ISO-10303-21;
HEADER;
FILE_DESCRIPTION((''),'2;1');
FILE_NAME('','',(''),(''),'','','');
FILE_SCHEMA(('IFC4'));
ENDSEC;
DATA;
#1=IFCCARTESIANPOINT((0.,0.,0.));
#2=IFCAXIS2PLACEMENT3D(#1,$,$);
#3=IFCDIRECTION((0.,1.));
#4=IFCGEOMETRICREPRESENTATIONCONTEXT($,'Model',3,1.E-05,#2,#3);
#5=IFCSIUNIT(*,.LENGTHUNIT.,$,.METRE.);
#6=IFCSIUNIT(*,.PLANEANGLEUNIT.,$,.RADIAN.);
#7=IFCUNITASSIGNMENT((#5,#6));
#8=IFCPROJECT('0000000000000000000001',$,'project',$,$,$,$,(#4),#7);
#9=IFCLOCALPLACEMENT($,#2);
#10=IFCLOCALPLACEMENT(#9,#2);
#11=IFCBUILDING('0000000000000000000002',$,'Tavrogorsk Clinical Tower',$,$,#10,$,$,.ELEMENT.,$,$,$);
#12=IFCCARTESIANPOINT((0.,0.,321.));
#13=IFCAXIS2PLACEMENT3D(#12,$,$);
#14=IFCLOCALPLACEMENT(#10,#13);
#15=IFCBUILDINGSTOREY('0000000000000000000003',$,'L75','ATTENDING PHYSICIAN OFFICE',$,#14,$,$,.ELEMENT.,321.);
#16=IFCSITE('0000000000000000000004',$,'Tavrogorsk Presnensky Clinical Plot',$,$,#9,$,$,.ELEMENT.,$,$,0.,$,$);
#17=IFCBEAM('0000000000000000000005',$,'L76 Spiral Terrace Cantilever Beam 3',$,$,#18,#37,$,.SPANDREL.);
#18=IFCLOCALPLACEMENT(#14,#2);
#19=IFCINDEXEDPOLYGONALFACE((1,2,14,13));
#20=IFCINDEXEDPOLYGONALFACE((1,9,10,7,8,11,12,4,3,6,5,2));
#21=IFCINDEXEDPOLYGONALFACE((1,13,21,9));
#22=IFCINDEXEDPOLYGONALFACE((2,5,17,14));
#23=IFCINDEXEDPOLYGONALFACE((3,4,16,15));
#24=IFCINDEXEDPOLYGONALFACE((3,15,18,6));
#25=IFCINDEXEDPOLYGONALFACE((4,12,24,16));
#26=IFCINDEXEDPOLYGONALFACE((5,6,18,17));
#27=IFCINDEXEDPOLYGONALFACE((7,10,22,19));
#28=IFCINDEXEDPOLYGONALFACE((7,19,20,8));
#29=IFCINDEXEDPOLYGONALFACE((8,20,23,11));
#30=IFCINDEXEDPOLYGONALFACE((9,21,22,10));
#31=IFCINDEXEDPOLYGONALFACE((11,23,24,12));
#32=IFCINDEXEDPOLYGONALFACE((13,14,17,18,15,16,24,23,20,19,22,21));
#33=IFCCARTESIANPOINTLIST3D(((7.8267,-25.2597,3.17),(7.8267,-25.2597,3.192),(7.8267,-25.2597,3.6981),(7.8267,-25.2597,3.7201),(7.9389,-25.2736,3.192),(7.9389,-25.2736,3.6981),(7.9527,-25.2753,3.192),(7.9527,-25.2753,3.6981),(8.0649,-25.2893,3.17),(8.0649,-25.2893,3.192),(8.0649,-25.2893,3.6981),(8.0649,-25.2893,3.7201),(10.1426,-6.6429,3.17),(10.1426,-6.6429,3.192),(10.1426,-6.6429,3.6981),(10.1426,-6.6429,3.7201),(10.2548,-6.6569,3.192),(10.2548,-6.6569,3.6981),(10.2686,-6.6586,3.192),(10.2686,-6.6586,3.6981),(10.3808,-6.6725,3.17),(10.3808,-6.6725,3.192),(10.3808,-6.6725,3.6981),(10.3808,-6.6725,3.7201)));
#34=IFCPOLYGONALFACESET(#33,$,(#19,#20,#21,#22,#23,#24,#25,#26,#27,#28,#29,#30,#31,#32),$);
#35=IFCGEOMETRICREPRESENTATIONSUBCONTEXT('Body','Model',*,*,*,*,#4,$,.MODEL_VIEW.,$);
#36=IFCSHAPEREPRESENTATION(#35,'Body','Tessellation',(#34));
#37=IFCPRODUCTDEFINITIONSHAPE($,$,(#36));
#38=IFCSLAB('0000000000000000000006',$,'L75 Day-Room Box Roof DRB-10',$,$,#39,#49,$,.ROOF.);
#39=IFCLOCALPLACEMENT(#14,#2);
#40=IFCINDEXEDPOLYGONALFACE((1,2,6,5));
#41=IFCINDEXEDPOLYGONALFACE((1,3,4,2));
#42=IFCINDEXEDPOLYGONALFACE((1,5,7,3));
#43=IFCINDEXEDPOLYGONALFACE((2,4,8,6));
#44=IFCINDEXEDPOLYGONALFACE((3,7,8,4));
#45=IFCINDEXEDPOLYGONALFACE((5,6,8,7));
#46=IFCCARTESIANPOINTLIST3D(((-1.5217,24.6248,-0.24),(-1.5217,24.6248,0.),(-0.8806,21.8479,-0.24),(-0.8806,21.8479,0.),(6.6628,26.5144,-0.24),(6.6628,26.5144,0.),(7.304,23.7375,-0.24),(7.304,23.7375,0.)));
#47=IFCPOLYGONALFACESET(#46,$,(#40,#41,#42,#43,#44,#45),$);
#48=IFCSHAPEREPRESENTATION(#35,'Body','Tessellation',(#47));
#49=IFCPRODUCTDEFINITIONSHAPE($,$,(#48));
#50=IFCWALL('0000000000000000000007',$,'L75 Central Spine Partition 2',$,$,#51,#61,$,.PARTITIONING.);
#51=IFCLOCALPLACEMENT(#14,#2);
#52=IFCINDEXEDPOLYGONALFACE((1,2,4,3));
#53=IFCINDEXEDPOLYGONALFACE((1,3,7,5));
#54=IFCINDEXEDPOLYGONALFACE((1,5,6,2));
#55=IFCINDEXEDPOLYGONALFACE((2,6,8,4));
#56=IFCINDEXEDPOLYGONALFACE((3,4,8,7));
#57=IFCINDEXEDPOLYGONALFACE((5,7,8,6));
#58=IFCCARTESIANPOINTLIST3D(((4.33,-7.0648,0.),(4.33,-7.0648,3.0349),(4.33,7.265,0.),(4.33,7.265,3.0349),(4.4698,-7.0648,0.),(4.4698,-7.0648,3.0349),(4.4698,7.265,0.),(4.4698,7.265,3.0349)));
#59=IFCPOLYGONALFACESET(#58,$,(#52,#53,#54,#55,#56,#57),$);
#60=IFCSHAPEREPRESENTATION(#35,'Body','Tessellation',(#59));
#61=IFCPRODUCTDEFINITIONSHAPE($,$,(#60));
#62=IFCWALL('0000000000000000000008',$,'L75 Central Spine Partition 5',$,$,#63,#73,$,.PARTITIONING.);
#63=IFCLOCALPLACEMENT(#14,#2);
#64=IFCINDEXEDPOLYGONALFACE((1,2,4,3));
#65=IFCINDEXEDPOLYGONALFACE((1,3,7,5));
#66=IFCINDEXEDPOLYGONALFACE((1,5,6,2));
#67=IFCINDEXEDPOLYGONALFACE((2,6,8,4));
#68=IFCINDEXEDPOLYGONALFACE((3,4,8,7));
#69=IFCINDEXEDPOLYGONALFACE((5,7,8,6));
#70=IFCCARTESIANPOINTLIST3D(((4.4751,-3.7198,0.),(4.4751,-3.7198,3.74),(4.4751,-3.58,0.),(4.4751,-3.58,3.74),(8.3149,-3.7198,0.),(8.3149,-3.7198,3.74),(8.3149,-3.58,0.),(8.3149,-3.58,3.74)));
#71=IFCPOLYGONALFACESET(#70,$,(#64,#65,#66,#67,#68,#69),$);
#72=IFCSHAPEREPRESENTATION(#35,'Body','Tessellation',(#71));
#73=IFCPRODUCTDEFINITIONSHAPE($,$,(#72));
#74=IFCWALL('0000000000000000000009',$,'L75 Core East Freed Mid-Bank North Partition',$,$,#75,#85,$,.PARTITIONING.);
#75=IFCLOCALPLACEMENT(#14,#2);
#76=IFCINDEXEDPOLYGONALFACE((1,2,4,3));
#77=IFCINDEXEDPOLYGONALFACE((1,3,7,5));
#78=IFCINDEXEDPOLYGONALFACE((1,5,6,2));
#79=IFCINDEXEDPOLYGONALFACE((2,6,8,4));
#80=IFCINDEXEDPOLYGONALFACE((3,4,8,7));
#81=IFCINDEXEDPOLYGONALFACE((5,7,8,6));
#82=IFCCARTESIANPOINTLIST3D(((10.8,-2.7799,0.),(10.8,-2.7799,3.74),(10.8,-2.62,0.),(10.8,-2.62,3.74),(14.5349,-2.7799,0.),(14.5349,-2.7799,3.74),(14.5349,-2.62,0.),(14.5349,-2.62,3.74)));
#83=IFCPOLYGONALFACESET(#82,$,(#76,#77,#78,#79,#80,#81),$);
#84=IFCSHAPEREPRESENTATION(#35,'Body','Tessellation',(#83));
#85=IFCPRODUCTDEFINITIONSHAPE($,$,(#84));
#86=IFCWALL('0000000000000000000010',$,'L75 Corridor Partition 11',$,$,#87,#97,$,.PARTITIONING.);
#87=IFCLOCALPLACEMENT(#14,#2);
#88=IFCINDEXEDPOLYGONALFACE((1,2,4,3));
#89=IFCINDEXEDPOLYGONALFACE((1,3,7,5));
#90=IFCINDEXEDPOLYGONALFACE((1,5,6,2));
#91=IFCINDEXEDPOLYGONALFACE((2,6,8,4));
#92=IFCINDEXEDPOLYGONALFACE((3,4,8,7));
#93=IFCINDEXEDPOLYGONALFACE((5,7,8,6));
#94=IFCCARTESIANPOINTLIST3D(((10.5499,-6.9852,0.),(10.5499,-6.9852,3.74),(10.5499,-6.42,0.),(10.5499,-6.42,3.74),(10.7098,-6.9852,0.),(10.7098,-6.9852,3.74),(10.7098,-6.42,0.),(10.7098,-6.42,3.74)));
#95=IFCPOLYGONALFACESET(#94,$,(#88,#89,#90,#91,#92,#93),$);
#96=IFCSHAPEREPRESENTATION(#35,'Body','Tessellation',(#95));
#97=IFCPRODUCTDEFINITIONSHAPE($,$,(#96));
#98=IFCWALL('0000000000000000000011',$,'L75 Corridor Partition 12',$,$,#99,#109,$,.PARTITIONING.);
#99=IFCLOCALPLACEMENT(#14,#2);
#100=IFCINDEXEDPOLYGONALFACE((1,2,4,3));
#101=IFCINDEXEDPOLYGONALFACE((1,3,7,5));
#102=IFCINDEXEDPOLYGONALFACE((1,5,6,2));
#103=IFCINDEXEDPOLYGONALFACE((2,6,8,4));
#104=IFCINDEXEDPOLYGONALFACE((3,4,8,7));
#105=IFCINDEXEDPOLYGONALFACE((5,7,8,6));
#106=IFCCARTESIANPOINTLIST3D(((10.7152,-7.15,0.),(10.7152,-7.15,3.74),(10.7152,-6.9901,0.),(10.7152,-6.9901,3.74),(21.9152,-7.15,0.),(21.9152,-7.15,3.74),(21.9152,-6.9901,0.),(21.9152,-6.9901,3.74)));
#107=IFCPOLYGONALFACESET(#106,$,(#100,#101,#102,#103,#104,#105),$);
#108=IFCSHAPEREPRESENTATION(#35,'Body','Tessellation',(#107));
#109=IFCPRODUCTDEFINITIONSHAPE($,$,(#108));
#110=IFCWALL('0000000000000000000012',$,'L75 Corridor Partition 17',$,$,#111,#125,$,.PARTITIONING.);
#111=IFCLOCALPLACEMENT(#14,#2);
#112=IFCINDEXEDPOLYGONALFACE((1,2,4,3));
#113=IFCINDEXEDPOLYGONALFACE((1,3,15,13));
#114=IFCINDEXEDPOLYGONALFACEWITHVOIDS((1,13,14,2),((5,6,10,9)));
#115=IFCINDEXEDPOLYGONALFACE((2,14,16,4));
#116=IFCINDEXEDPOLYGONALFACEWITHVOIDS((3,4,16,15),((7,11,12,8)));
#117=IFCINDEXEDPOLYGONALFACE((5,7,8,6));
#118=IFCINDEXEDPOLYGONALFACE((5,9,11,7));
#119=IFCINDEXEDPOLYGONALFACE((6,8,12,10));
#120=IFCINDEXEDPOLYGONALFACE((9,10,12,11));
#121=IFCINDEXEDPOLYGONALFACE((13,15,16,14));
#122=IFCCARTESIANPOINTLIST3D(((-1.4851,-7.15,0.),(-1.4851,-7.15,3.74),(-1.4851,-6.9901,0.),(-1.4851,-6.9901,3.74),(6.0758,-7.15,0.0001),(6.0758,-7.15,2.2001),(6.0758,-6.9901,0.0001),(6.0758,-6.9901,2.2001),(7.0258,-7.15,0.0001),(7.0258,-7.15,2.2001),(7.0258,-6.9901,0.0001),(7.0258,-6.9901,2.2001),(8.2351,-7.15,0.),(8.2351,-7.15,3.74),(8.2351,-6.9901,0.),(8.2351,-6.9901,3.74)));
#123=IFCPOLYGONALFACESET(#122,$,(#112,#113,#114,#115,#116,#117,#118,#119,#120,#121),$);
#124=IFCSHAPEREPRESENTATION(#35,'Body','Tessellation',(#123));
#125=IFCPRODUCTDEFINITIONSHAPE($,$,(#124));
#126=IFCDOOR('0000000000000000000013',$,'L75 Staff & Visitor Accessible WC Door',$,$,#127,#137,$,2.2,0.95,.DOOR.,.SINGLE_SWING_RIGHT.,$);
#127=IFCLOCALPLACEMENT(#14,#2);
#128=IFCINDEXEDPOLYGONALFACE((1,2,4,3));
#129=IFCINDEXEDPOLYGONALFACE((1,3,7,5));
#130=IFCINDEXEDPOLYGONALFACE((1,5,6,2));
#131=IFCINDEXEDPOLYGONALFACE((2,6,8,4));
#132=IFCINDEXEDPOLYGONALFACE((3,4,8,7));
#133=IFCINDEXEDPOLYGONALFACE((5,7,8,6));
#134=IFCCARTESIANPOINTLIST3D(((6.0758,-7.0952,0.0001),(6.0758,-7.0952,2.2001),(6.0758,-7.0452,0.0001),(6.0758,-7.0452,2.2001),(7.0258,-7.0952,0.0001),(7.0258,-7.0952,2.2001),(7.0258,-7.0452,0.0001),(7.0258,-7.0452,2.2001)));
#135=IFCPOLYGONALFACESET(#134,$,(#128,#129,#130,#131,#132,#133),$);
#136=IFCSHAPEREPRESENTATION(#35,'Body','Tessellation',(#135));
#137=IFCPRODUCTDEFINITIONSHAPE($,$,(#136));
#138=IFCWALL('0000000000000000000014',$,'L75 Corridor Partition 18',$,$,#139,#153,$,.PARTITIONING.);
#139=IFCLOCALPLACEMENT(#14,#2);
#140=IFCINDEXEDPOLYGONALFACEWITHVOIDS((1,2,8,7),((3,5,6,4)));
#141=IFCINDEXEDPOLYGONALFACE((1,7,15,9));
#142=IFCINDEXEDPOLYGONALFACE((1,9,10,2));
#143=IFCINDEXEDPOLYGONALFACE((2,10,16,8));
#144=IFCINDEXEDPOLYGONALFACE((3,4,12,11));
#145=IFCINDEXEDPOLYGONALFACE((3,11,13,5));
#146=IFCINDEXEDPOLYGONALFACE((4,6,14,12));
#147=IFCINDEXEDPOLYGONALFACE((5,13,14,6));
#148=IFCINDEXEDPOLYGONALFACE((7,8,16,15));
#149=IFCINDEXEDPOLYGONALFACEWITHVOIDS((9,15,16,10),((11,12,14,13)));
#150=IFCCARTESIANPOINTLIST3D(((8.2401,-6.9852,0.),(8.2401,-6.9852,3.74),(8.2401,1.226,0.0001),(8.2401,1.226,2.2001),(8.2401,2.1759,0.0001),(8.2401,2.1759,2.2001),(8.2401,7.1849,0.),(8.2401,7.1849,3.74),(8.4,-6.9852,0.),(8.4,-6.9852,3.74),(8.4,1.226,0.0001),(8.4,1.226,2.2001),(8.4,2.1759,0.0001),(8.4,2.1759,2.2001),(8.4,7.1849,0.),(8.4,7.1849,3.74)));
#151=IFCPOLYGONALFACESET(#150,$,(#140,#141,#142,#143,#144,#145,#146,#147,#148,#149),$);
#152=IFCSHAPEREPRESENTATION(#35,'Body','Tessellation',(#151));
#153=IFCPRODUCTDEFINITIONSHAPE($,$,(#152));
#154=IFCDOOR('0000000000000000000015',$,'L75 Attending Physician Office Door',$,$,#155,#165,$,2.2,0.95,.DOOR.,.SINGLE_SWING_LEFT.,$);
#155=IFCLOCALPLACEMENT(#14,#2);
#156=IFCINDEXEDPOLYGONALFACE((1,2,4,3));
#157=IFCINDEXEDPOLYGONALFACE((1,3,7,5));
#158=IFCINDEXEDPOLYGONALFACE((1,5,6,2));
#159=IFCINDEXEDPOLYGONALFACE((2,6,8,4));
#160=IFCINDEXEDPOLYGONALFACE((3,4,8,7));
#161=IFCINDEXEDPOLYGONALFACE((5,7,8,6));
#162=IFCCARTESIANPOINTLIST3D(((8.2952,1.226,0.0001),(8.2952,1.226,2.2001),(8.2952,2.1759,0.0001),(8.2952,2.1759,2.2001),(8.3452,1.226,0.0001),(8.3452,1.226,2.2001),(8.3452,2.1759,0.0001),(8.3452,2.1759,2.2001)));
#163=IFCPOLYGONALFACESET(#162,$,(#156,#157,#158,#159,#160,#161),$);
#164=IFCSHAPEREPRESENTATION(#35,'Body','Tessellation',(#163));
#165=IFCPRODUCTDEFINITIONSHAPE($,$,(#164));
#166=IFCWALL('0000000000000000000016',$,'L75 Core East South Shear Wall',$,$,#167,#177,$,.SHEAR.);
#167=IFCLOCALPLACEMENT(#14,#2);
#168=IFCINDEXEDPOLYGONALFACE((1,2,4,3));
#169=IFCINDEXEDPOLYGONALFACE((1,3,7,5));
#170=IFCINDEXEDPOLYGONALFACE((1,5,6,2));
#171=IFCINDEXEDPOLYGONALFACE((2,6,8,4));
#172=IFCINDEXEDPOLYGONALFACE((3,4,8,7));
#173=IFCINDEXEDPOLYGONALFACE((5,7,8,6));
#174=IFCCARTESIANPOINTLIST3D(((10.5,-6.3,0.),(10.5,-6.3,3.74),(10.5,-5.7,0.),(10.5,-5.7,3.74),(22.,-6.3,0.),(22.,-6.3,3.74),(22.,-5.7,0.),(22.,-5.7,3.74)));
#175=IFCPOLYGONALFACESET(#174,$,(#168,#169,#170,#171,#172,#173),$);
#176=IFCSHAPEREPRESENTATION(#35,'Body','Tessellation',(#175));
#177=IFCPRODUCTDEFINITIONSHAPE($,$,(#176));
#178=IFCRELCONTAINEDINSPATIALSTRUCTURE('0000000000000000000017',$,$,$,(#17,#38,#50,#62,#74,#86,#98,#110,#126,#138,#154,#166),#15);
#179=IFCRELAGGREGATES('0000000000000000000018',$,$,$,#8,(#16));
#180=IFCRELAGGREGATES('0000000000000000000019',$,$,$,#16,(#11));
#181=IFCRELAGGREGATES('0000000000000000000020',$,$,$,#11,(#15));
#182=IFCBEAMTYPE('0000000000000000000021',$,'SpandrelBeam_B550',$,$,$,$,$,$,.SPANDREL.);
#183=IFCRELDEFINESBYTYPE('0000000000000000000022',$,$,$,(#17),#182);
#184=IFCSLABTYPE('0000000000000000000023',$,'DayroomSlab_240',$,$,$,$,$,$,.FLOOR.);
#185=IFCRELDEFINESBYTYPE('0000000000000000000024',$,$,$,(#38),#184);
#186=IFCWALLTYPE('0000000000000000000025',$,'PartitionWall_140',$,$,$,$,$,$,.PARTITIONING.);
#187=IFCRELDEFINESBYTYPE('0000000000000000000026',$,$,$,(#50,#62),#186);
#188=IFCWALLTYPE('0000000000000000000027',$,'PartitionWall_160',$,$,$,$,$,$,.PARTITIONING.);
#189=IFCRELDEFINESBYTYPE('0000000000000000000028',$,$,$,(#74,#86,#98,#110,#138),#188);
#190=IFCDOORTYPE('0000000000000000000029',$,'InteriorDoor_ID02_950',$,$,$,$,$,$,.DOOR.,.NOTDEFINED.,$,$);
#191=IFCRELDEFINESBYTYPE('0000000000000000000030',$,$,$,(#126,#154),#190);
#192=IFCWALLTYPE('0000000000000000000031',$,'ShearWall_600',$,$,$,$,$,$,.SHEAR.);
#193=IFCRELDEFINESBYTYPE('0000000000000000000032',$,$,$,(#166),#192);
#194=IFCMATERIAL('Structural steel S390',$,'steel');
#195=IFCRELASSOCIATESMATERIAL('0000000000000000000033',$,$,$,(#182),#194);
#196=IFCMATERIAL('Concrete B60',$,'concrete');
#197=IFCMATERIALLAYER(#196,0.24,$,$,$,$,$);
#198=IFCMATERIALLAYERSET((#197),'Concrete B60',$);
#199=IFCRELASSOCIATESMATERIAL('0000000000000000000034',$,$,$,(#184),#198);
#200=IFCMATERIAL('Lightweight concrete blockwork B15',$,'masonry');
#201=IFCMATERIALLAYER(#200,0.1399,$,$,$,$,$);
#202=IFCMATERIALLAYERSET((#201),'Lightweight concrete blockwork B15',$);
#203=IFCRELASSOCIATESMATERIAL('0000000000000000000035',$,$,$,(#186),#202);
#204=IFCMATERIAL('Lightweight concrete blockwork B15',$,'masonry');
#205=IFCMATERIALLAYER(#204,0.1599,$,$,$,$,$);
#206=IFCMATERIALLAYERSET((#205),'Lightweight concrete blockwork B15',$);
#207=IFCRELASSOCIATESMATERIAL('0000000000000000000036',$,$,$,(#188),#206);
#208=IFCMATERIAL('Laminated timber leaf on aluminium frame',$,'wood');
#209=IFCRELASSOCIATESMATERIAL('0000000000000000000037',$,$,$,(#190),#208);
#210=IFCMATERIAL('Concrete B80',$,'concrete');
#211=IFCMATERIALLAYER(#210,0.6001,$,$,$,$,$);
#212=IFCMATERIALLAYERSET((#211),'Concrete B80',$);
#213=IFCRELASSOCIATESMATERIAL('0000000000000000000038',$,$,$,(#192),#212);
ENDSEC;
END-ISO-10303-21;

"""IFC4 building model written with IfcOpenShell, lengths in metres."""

from ifc_helpers import new_model, si_unit, direction, frame, frame_2d, origin, origin_2d, place, context, subcontext, project, spatial, polyline, rectangle, i_section, outline, extrude, material, layer, layer_set, material_profile, profile_set, type_object, element, fill, save


model = new_model("IFC4")

# Units and contexts
model_context = context("Model", 3, precision=1e-05, world=origin(), true_north=direction((0.0, 1.0)))
body_context = subcontext(model_context, "Body", "Model", "MODEL_VIEW")
ifc_project = project(units=[si_unit("LENGTHUNIT", "METRE"), si_unit("PLANEANGLEUNIT", "RADIAN")], contexts=[model_context])

# Site, building, storey
site_placement = place(None, origin())
site = spatial("IfcSite", under=ifc_project, at=site_placement, Name="Tavrogorsk Presnensky Clinical Plot", CompositionType="ELEMENT", RefElevation=0.0)
building_placement = place(site_placement, origin())
building = spatial("IfcBuilding", under=site, at=building_placement, Name="Tavrogorsk Clinical Tower", CompositionType="ELEMENT")
storey_placement = place(building_placement, frame((0.0, 0.0, 321.0)))
storey = spatial("IfcBuildingStorey", under=building, at=storey_placement, Name="L75", Description="ATTENDING PHYSICIAN OFFICE", CompositionType="ELEMENT", Elevation=321.0)

# Beam
ifc_material_1 = material(Name="Structural steel S390", Category="steel")
ifc_material_profile_1 = material_profile(ifc_material_1, i_section(OverallWidth=0.24, OverallDepth=0.55, WebThickness=0.0139, FlangeThickness=0.022, at=origin_2d()), Name="B-550x240x14x22")
ifc_profile_set_1 = profile_set([ifc_material_profile_1], Name="Structural steel S390")
beam_type_1 = type_object("IfcBeamType", Name="SpandrelBeam_B550", PredefinedType="SPANDREL", material=ifc_profile_set_1)
beam_1_placement = place(storey_placement, frame((10.2617, -6.6577, 3.4451), z_axis=(-0.123448, -0.992351, 0.0), x_axis=(0.992351, -0.123448, 0.0)))
element("IfcBeam", 1, at=beam_1_placement, inside=storey, type_object=beam_type_1, Name="L76 Spiral Terrace Cantilever Beam 3", PredefinedType="SPANDREL", context=body_context, shape_type="SweptSolid", body=[
    extrude(i_section(OverallWidth=0.24, OverallDepth=0.55, WebThickness=0.0139, FlangeThickness=0.022, at=origin_2d()), origin(), (0.0, 0.0, 1.0), 18.7603),
])

# Slab
ifc_material_2 = material(Name="Concrete B60", Category="concrete")
ifc_layer_1 = layer(ifc_material_2, 0.24)
ifc_layer_set_1 = layer_set([ifc_layer_1], Name="Concrete B60")
slab_type = type_object("IfcSlabType", Name="DayroomSlab_240", PredefinedType="FLOOR", material=ifc_layer_set_1)
slab_placement = place(storey_placement, frame((0.0, 0.0, -0.24)))
element("IfcSlab", 2, at=slab_placement, inside=storey, type_object=slab_type, Name="L75 Day-Room Box Roof DRB-10", PredefinedType="ROOF", context=body_context, shape_type="SweptSolid", body=[
    extrude(outline(polyline([(-1.5217, 24.6248), (6.6628, 26.5144), (7.304, 23.7375), (-0.8806, 21.8479), (-1.5217, 24.6248)])), origin(), (0.0, 0.0, 1.0), 0.24),
])

# Walls
ifc_material_3 = material(Name="Lightweight concrete blockwork B15", Category="masonry")
ifc_layer_2 = layer(ifc_material_3, 0.1399)
ifc_layer_set_2 = layer_set([ifc_layer_2], Name="Lightweight concrete blockwork B15")
wall_type_1 = type_object("IfcWallType", Name="PartitionWall_140", PredefinedType="PARTITIONING", material=ifc_layer_set_2)
wall_1_placement = place(storey_placement, frame((4.3999, -7.0649, 0.0), z_axis=(0.0, 0.0, 1.0), x_axis=(0.0, 1.0, 0.0)))
element("IfcWall", 3, at=wall_1_placement, inside=storey, type_object=wall_type_1, Name="L75 Central Spine Partition 2", PredefinedType="PARTITIONING", context=body_context, shape_type="SweptSolid", body=[
    extrude(rectangle(XDim=14.3298, YDim=0.1399, at=frame_2d((7.165, 0.0))), origin(), (0.0, 0.0, 1.0), 3.0349),
])
wall_2_placement = place(storey_placement, frame((4.4751, -3.6499, 0.0), z_axis=(0.0, 0.0, 1.0), x_axis=(1.0, 0.0, 0.0)))
element("IfcWall", 4, at=wall_2_placement, inside=storey, type_object=wall_type_1, Name="L75 Central Spine Partition 5", PredefinedType="PARTITIONING", context=body_context, shape_type="SweptSolid", body=[
    extrude(rectangle(XDim=3.8398, YDim=0.1399, at=frame_2d((1.9199, 0.0))), origin(), (0.0, 0.0, 1.0), 3.74),
])
ifc_material_4 = material(Name="Lightweight concrete blockwork B15", Category="masonry")
ifc_layer_3 = layer(ifc_material_4, 0.1599)
ifc_layer_set_3 = layer_set([ifc_layer_3], Name="Lightweight concrete blockwork B15")
wall_type_2 = type_object("IfcWallType", Name="PartitionWall_160", PredefinedType="PARTITIONING", material=ifc_layer_set_3)
wall_3_placement = place(storey_placement, frame((10.8, -2.7, 0.0), z_axis=(0.0, 0.0, 1.0), x_axis=(1.0, 0.0, 0.0)))
element("IfcWall", 5, at=wall_3_placement, inside=storey, type_object=wall_type_2, Name="L75 Core East Freed Mid-Bank North Partition", PredefinedType="PARTITIONING", context=body_context, shape_type="SweptSolid", body=[
    extrude(rectangle(XDim=3.7349, YDim=0.1599, at=frame_2d((1.8674, 0.0))), origin(), (0.0, 0.0, 1.0), 3.74),
])
wall_4_placement = place(storey_placement, frame((10.6299, -6.4199, 0.0), z_axis=(0.0, 0.0, 1.0), x_axis=(0.0, -1.0, 0.0)))
element("IfcWall", 6, at=wall_4_placement, inside=storey, type_object=wall_type_2, Name="L75 Corridor Partition 11", PredefinedType="PARTITIONING", context=body_context, shape_type="SweptSolid", body=[
    extrude(rectangle(XDim=0.5652, YDim=0.1599, at=frame_2d((0.2827, 0.0))), origin(), (0.0, 0.0, 1.0), 3.74),
])
wall_5_placement = place(storey_placement, frame((10.7151, -7.0701, 0.0), z_axis=(0.0, 0.0, 1.0), x_axis=(1.0, 0.0, 0.0)))
element("IfcWall", 7, at=wall_5_placement, inside=storey, type_object=wall_type_2, Name="L75 Corridor Partition 12", PredefinedType="PARTITIONING", context=body_context, shape_type="SweptSolid", body=[
    extrude(rectangle(XDim=11.2, YDim=0.1599, at=frame_2d((5.6001, 0.0))), origin(), (0.0, 0.0, 1.0), 3.74),
])

# Walls, openings, doors
wall_6_placement = place(storey_placement, frame((-1.4851, -7.0701, 0.0), z_axis=(0.0, 0.0, 1.0), x_axis=(1.0, 0.0, 0.0)))
wall_6 = element("IfcWall", 8, at=wall_6_placement, inside=storey, type_object=wall_type_2, Name="L75 Corridor Partition 17", PredefinedType="PARTITIONING", context=body_context, shape_type="SweptSolid", body=[
    extrude(rectangle(XDim=9.7202, YDim=0.1599, at=frame_2d((4.8601, 0.0))), origin(), (0.0, 0.0, 1.0), 3.74),
])
opening_1_placement = place(wall_6_placement, frame((7.5608, 0.0, 0.0)))
opening_1 = element("IfcOpeningElement", 9, at=opening_1_placement, cuts=wall_6, PredefinedType="OPENING", context=body_context, shape_type="SweptSolid", body=[
    extrude(rectangle(XDim=0.95, YDim=2.2, at=frame_2d((0.4751, 1.1001))), frame((0.0, 0.0898, 0.0), z_axis=(0.0, -1.0, 0.0), x_axis=(1.0, 0.0, 0.0)), (0.0, 0.0, 1.0), 0.1799),
])
ifc_material_5 = material(Name="Laminated timber leaf on aluminium frame", Category="wood")
door_type = type_object("IfcDoorType", Name="InteriorDoor_ID02_950", OperationType="NOTDEFINED", PredefinedType="DOOR", material=ifc_material_5)
door_1_placement = place(opening_1_placement, origin())
door_1 = element("IfcDoor", 10, at=door_1_placement, inside=storey, type_object=door_type, Name="L75 Staff & Visitor Accessible WC Door", OperationType="SINGLE_SWING_RIGHT", OverallHeight=2.2, OverallWidth=0.95, PredefinedType="DOOR", context=body_context, shape_type="SweptSolid", body=[
    extrude(rectangle(XDim=0.95, YDim=2.2, at=frame_2d((0.4751, 1.1001))), frame((0.0, 0.0249, 0.0), z_axis=(0.0, -1.0, 0.0), x_axis=(1.0, 0.0, 0.0)), (0.0, 0.0, 1.0), 0.05),
])
fill(opening_1, door_1)
wall_7_placement = place(storey_placement, frame((8.3201, -6.9851, 0.0), z_axis=(0.0, 0.0, 1.0), x_axis=(0.0, 1.0, 0.0)))
wall_7 = element("IfcWall", 11, at=wall_7_placement, inside=storey, type_object=wall_type_2, Name="L75 Corridor Partition 18", PredefinedType="PARTITIONING", context=body_context, shape_type="SweptSolid", body=[
    extrude(rectangle(XDim=14.1702, YDim=0.1599, at=frame_2d((7.085, 0.0))), origin(), (0.0, 0.0, 1.0), 3.74),
])
opening_2_placement = place(wall_7_placement, frame((8.2109, 0.0, 0.0)))
opening_2 = element("IfcOpeningElement", 12, at=opening_2_placement, cuts=wall_7, PredefinedType="OPENING", context=body_context, shape_type="SweptSolid", body=[
    extrude(rectangle(XDim=0.95, YDim=2.2, at=frame_2d((0.4751, 1.1001))), frame((0.0, 0.0898, 0.0), z_axis=(0.0, -1.0, 0.0), x_axis=(1.0, 0.0, 0.0)), (0.0, 0.0, 1.0), 0.1799),
])
door_2_placement = place(opening_2_placement, origin())
door_2 = element("IfcDoor", 13, at=door_2_placement, inside=storey, type_object=door_type, Name="L75 Attending Physician Office Door", OperationType="SINGLE_SWING_LEFT", OverallHeight=2.2, OverallWidth=0.95, PredefinedType="DOOR", context=body_context, shape_type="SweptSolid", body=[
    extrude(rectangle(XDim=0.95, YDim=2.2, at=frame_2d((0.4751, 1.1001))), frame((0.0, 0.0249, 0.0), z_axis=(0.0, -1.0, 0.0), x_axis=(1.0, 0.0, 0.0)), (0.0, 0.0, 1.0), 0.05),
])
fill(opening_2, door_2)

# Wall
ifc_material_6 = material(Name="Concrete B80", Category="concrete")
ifc_layer_4 = layer(ifc_material_6, 0.6001)
ifc_layer_set_4 = layer_set([ifc_layer_4], Name="Concrete B80")
wall_type_3 = type_object("IfcWallType", Name="ShearWall_600", PredefinedType="SHEAR", material=ifc_layer_set_4)
wall_8_placement = place(storey_placement, frame((10.5, -6.0, 0.0), z_axis=(0.0, 0.0, 1.0), x_axis=(1.0, 0.0, 0.0)))
element("IfcWall", 14, at=wall_8_placement, inside=storey, type_object=wall_type_3, Name="L75 Core East South Shear Wall", PredefinedType="SHEAR", context=body_context, shape_type="SweptSolid", body=[
    extrude(rectangle(XDim=11.5, YDim=0.6001, at=frame_2d((5.75, 0.0))), origin(), (0.0, 0.0, 1.0), 3.74),
])

save(model, "model.ifc")
